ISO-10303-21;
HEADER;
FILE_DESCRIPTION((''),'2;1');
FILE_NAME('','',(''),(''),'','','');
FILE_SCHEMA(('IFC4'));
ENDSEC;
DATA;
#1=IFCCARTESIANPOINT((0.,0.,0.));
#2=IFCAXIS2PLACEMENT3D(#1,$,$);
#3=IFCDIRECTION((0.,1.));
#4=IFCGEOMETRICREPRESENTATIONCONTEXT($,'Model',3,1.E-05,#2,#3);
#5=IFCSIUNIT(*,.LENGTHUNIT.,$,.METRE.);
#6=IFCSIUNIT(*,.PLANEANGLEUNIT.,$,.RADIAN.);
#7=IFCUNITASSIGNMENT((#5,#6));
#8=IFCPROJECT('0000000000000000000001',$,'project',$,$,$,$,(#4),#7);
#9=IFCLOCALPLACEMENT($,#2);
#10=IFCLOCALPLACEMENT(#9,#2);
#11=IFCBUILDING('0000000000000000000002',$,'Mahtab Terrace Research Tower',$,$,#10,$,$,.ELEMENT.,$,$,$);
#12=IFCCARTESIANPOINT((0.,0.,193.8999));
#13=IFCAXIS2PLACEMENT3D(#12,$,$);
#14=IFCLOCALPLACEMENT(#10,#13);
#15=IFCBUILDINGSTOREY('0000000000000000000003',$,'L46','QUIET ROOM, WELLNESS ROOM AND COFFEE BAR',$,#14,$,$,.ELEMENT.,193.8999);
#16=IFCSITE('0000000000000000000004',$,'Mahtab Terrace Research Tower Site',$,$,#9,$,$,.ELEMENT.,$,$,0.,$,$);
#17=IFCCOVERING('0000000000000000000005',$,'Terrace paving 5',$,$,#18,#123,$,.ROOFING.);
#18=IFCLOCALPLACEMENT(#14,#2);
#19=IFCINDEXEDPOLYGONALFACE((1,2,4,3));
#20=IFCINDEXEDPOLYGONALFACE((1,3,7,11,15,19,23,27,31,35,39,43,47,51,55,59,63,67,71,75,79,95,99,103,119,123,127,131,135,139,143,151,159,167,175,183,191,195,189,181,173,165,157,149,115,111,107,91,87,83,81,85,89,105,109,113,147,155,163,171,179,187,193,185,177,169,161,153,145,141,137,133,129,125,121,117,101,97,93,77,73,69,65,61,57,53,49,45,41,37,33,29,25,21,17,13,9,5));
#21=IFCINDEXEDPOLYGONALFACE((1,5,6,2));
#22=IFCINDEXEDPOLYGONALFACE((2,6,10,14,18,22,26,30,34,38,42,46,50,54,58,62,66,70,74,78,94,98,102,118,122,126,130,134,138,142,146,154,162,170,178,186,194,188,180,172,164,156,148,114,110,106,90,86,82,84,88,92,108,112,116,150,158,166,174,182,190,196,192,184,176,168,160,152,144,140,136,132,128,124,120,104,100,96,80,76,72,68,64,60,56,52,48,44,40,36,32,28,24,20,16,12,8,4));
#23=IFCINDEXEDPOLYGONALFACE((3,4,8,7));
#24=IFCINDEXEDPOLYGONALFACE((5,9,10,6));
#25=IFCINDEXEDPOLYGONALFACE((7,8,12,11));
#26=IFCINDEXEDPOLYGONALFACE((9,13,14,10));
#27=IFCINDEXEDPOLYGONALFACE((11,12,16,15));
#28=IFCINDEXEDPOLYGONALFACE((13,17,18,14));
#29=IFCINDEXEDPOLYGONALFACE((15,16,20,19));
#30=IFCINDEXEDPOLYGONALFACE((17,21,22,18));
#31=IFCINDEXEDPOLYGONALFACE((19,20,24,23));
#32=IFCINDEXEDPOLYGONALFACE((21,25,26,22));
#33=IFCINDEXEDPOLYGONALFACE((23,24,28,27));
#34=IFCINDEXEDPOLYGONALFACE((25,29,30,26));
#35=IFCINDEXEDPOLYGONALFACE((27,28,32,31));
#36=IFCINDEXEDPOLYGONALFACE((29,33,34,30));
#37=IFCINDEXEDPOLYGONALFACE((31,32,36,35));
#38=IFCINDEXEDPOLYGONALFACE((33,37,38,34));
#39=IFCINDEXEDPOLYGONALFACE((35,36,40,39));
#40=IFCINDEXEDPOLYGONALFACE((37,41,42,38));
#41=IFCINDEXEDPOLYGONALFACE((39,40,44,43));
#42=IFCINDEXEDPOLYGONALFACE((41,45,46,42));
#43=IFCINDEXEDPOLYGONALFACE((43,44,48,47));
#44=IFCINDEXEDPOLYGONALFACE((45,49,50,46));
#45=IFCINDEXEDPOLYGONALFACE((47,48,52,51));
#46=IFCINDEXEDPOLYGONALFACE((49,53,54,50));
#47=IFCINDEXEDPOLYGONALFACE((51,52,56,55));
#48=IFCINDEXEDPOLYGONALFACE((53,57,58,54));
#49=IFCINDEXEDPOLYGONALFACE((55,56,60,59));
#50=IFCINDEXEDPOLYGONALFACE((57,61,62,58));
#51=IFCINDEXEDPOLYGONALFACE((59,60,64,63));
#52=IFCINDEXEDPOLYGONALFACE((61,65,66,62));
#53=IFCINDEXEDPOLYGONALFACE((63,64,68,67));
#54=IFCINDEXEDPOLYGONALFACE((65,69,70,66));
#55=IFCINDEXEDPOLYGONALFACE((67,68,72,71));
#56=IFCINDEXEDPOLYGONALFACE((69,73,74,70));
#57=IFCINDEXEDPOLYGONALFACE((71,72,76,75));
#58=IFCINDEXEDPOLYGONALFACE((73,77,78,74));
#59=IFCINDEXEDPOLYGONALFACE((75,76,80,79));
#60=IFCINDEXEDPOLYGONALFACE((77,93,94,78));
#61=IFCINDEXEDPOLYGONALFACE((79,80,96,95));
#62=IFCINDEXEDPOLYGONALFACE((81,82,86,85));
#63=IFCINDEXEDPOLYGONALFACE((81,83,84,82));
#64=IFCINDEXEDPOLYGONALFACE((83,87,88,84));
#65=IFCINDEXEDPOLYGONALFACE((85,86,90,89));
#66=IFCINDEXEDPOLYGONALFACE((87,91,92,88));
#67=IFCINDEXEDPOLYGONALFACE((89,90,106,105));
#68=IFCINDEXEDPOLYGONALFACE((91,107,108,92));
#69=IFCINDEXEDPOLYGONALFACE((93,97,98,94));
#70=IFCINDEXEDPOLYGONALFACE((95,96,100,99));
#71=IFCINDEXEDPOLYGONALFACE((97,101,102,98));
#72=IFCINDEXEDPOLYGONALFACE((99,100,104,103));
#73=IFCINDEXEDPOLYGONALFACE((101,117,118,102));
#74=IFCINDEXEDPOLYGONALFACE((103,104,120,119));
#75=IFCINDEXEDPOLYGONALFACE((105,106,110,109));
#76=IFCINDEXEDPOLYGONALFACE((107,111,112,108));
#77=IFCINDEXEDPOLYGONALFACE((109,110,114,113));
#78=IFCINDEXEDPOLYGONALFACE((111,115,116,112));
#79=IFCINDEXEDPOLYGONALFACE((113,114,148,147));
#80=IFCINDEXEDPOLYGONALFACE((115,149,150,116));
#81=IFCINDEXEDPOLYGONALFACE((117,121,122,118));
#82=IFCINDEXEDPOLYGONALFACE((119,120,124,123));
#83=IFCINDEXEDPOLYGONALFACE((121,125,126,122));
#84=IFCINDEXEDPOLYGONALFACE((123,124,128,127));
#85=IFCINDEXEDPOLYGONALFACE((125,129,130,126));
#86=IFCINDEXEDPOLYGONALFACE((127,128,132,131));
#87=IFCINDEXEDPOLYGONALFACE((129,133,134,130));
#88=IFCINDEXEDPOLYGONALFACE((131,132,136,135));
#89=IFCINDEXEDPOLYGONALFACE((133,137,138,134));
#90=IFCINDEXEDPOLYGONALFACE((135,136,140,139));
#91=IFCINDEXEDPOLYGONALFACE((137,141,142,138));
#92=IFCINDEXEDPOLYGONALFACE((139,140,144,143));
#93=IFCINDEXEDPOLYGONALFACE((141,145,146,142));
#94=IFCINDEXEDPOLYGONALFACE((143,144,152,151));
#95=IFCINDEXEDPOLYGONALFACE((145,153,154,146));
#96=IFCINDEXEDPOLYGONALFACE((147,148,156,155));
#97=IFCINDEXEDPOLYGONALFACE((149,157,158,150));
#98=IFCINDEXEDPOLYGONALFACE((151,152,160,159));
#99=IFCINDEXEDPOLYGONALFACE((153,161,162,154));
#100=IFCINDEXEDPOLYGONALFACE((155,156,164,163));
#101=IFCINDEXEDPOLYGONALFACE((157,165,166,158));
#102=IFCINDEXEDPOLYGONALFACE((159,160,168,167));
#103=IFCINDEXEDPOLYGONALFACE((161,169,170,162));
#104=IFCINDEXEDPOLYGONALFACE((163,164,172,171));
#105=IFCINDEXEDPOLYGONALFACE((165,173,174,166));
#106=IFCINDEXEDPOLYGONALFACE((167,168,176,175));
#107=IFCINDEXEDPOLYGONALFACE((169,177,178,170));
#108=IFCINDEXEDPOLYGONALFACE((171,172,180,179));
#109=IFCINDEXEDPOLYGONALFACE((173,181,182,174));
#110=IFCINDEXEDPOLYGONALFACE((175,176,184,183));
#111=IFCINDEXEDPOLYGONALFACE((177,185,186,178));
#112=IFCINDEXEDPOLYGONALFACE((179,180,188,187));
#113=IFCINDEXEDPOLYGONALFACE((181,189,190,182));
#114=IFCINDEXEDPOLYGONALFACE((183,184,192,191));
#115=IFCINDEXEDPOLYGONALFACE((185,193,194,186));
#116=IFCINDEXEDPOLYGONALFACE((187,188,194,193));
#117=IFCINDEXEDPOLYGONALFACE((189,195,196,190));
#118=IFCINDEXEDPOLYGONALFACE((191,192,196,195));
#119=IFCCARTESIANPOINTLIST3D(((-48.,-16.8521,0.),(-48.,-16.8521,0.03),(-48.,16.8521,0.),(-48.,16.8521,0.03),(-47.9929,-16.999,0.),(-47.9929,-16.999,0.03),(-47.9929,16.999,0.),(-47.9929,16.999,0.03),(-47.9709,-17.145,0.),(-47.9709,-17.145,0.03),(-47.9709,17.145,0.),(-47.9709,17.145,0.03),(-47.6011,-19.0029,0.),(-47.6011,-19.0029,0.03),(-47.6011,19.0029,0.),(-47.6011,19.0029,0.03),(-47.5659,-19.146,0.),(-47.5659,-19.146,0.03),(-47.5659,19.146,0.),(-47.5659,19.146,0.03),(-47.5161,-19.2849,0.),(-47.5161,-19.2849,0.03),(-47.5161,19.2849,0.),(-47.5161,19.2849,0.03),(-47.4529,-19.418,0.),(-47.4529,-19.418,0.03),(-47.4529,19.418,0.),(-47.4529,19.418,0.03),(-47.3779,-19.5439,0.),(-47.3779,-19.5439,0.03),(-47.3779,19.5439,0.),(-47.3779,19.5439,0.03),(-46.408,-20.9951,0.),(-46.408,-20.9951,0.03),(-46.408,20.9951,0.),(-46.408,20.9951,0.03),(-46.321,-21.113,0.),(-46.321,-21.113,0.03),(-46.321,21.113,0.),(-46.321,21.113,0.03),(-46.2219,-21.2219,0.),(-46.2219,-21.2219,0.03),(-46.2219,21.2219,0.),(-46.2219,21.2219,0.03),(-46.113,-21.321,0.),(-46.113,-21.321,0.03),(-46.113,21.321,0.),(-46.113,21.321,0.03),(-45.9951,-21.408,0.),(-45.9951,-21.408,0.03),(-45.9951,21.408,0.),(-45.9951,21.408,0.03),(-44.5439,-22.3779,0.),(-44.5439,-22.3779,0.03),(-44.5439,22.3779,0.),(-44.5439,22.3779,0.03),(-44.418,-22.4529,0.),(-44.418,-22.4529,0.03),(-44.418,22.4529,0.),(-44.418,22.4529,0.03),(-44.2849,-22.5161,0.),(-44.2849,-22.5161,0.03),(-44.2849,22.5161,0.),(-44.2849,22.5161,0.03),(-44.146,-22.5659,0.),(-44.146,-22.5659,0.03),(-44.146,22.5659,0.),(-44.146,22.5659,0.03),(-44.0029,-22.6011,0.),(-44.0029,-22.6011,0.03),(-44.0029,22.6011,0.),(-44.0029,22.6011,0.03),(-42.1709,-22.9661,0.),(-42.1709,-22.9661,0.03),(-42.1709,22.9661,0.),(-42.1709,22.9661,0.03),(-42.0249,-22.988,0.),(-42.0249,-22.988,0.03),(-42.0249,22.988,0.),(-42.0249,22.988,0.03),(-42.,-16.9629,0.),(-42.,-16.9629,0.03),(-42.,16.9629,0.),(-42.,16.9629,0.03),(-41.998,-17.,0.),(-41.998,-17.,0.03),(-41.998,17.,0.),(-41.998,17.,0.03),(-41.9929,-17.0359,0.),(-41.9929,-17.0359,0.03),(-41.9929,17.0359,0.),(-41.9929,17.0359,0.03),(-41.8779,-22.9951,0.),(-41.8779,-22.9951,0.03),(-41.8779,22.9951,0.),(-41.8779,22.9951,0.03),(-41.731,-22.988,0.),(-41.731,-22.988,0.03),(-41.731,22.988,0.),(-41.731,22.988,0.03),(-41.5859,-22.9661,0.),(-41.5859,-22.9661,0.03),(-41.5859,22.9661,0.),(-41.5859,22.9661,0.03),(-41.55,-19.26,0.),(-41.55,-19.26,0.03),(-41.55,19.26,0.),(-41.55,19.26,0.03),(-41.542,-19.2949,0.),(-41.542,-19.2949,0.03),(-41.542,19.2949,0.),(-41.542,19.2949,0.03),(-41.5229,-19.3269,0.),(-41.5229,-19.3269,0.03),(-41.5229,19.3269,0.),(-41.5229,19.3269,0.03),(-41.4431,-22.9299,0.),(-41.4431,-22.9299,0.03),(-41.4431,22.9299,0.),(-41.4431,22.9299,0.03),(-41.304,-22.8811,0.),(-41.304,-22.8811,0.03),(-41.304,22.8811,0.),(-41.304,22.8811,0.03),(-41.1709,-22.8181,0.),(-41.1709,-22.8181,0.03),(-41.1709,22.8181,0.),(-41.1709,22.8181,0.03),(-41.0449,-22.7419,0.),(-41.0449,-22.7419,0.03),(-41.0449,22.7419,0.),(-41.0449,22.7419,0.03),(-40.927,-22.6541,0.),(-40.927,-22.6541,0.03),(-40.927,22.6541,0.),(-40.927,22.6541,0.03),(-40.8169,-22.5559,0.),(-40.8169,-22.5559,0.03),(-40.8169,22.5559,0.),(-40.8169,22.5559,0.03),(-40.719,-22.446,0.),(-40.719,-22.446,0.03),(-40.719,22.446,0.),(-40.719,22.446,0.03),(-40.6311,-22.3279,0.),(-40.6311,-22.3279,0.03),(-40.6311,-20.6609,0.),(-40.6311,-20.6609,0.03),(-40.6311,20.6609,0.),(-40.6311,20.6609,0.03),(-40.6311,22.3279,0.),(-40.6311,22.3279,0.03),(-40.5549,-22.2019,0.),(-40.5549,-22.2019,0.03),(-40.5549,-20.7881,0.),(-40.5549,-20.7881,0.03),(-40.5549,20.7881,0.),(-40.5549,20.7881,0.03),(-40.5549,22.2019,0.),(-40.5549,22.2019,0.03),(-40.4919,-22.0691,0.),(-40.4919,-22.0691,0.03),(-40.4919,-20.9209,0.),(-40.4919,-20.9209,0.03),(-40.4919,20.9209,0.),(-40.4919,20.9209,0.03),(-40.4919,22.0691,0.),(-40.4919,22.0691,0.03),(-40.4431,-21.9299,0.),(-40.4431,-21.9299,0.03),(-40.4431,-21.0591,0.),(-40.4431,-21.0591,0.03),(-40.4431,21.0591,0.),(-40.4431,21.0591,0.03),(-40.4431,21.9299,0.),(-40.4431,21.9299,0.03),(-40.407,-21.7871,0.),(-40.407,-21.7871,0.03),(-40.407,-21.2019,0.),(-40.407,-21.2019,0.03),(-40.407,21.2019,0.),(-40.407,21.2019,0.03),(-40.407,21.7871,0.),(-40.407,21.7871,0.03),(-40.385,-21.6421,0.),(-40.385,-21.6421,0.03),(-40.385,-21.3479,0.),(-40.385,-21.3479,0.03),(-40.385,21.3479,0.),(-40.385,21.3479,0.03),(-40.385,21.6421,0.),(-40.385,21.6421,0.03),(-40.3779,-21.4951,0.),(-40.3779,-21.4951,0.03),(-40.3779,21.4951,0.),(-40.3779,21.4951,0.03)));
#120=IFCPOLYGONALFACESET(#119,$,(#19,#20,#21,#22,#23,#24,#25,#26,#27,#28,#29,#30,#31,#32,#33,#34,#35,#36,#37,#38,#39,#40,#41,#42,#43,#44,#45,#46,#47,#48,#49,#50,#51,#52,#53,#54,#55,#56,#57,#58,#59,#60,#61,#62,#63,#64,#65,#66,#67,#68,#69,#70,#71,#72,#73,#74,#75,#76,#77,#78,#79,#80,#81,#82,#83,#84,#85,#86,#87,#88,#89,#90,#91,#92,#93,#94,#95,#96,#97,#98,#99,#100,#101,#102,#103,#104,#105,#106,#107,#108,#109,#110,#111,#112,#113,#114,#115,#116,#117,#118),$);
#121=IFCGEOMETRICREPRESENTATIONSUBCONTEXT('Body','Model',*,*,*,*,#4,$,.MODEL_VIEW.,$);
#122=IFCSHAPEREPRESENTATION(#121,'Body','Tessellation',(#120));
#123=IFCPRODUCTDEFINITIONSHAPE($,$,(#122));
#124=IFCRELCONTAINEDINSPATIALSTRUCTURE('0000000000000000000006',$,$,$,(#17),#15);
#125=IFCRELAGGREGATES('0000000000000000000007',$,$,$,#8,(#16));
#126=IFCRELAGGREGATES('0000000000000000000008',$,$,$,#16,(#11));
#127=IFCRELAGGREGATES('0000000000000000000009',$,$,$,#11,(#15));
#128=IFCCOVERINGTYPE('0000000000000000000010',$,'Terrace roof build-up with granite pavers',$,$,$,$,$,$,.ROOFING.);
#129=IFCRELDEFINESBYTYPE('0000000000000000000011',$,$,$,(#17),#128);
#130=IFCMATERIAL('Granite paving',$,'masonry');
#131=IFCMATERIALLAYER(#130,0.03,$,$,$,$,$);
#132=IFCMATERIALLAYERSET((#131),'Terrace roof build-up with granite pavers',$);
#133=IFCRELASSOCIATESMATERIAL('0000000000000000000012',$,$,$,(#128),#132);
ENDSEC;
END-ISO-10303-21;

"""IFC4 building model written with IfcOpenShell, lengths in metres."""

from ifc_helpers import new_model, si_unit, direction, frame, origin, place, context, subcontext, project, spatial, polyline, outline, extrude, material, layer, layer_set, type_object, element, save


model = new_model("IFC4")

# Units and contexts
model_context = context("Model", 3, precision=1e-05, world=origin(), true_north=direction((0.0, 1.0)))
body_context = subcontext(model_context, "Body", "Model", "MODEL_VIEW")
ifc_project = project(units=[si_unit("LENGTHUNIT", "METRE"), si_unit("PLANEANGLEUNIT", "RADIAN")], contexts=[model_context])

# Site, building, storey
site_placement = place(None, origin())
site = spatial("IfcSite", under=ifc_project, at=site_placement, Name="Mahtab Terrace Research Tower Site", CompositionType="ELEMENT", RefElevation=0.0)
building_placement = place(site_placement, origin())
building = spatial("IfcBuilding", under=site, at=building_placement, Name="Mahtab Terrace Research Tower", CompositionType="ELEMENT")
storey_placement = place(building_placement, frame((0.0, 0.0, 193.8999)))
storey = spatial("IfcBuildingStorey", under=building, at=storey_placement, Name="L46", Description="QUIET ROOM, WELLNESS ROOM AND COFFEE BAR", CompositionType="ELEMENT", Elevation=193.8999)

# Covering
ifc_material_1 = material(Name="Granite paving", Category="masonry")
ifc_layer_1 = layer(ifc_material_1, 0.03)
ifc_layer_set_1 = layer_set([ifc_layer_1], Name="Terrace roof build-up with granite pavers")
covering_type_1 = type_object("IfcCoveringType", Name="Terrace roof build-up with granite pavers", PredefinedType="ROOFING", material=ifc_layer_set_1)
covering_1_placement = place(storey_placement, origin())
element("IfcCovering", 1, at=covering_1_placement, inside=storey, type_object=covering_type_1, Name="Terrace paving 5", PredefinedType="ROOFING", context=body_context, shape_type="SweptSolid", body=[
    extrude(outline(polyline([(-41.55, -19.26), (-41.9929, -17.0359), (-41.998, -17.0), (-42.0, -16.9629), (-42.0, 16.9629), (-41.998, 17.0), (-41.9929, 17.0359), (-41.55, 19.26), (-41.542, 19.2949), (-41.5229, 19.3269), (-40.6311, 20.6609), (-40.5549, 20.7881), (-40.4919, 20.9209), (-40.4431, 21.0591), (-40.407, 21.2019), (-40.385, 21.3479), (-40.3779, 21.4951), (-40.385, 21.6421), (-40.407, 21.7871), (-40.4431, 21.9299), (-40.4919, 22.0691), (-40.5549, 22.2019), (-40.6311, 22.3279), (-40.719, 22.446), (-40.8169, 22.5559), (-40.927, 22.6541), (-41.0449, 22.7419), (-41.1709, 22.8181), (-41.304, 22.8811), (-41.4431, 22.9299), (-41.5859, 22.9661), (-41.731, 22.988), (-41.8779, 22.9951), (-42.0249, 22.988), (-42.1709, 22.9661), (-44.0029, 22.6011), (-44.146, 22.5659), (-44.2849, 22.5161), (-44.418, 22.4529), (-44.5439, 22.3779), (-45.9951, 21.408), (-46.113, 21.321), (-46.2219, 21.2219), (-46.321, 21.113), (-46.408, 20.9951), (-47.3779, 19.5439), (-47.4529, 19.418), (-47.5161, 19.2849), (-47.5659, 19.146), (-47.6011, 19.0029), (-47.9709, 17.145), (-47.9929, 16.999), (-48.0, 16.8521), (-48.0, -16.8521), (-47.9929, -16.999), (-47.9709, -17.145), (-47.6011, -19.0029), (-47.5659, -19.146), (-47.5161, -19.2849), (-47.4529, -19.418), (-47.3779, -19.5439), (-46.408, -20.9951), (-46.321, -21.113), (-46.2219, -21.2219), (-46.113, -21.321), (-45.9951, -21.408), (-44.5439, -22.3779), (-44.418, -22.4529), (-44.2849, -22.5161), (-44.146, -22.5659), (-44.0029, -22.6011), (-42.1709, -22.9661), (-42.0249, -22.988), (-41.8779, -22.9951), (-41.731, -22.988), (-41.5859, -22.9661), (-41.4431, -22.9299), (-41.304, -22.8811), (-41.1709, -22.8181), (-41.0449, -22.7419), (-40.927, -22.6541), (-40.8169, -22.5559), (-40.719, -22.446), (-40.6311, -22.3279), (-40.5549, -22.2019), (-40.4919, -22.0691), (-40.4431, -21.9299), (-40.407, -21.7871), (-40.385, -21.6421), (-40.3779, -21.4951), (-40.385, -21.3479), (-40.407, -21.2019), (-40.4431, -21.0591), (-40.4919, -20.9209), (-40.5549, -20.7881), (-40.6311, -20.6609), (-41.5229, -19.3269), (-41.542, -19.2949), (-41.55, -19.26)])), origin(), (0.0, 0.0, 1.0), 0.03),
])

save(model, "model.ifc")
